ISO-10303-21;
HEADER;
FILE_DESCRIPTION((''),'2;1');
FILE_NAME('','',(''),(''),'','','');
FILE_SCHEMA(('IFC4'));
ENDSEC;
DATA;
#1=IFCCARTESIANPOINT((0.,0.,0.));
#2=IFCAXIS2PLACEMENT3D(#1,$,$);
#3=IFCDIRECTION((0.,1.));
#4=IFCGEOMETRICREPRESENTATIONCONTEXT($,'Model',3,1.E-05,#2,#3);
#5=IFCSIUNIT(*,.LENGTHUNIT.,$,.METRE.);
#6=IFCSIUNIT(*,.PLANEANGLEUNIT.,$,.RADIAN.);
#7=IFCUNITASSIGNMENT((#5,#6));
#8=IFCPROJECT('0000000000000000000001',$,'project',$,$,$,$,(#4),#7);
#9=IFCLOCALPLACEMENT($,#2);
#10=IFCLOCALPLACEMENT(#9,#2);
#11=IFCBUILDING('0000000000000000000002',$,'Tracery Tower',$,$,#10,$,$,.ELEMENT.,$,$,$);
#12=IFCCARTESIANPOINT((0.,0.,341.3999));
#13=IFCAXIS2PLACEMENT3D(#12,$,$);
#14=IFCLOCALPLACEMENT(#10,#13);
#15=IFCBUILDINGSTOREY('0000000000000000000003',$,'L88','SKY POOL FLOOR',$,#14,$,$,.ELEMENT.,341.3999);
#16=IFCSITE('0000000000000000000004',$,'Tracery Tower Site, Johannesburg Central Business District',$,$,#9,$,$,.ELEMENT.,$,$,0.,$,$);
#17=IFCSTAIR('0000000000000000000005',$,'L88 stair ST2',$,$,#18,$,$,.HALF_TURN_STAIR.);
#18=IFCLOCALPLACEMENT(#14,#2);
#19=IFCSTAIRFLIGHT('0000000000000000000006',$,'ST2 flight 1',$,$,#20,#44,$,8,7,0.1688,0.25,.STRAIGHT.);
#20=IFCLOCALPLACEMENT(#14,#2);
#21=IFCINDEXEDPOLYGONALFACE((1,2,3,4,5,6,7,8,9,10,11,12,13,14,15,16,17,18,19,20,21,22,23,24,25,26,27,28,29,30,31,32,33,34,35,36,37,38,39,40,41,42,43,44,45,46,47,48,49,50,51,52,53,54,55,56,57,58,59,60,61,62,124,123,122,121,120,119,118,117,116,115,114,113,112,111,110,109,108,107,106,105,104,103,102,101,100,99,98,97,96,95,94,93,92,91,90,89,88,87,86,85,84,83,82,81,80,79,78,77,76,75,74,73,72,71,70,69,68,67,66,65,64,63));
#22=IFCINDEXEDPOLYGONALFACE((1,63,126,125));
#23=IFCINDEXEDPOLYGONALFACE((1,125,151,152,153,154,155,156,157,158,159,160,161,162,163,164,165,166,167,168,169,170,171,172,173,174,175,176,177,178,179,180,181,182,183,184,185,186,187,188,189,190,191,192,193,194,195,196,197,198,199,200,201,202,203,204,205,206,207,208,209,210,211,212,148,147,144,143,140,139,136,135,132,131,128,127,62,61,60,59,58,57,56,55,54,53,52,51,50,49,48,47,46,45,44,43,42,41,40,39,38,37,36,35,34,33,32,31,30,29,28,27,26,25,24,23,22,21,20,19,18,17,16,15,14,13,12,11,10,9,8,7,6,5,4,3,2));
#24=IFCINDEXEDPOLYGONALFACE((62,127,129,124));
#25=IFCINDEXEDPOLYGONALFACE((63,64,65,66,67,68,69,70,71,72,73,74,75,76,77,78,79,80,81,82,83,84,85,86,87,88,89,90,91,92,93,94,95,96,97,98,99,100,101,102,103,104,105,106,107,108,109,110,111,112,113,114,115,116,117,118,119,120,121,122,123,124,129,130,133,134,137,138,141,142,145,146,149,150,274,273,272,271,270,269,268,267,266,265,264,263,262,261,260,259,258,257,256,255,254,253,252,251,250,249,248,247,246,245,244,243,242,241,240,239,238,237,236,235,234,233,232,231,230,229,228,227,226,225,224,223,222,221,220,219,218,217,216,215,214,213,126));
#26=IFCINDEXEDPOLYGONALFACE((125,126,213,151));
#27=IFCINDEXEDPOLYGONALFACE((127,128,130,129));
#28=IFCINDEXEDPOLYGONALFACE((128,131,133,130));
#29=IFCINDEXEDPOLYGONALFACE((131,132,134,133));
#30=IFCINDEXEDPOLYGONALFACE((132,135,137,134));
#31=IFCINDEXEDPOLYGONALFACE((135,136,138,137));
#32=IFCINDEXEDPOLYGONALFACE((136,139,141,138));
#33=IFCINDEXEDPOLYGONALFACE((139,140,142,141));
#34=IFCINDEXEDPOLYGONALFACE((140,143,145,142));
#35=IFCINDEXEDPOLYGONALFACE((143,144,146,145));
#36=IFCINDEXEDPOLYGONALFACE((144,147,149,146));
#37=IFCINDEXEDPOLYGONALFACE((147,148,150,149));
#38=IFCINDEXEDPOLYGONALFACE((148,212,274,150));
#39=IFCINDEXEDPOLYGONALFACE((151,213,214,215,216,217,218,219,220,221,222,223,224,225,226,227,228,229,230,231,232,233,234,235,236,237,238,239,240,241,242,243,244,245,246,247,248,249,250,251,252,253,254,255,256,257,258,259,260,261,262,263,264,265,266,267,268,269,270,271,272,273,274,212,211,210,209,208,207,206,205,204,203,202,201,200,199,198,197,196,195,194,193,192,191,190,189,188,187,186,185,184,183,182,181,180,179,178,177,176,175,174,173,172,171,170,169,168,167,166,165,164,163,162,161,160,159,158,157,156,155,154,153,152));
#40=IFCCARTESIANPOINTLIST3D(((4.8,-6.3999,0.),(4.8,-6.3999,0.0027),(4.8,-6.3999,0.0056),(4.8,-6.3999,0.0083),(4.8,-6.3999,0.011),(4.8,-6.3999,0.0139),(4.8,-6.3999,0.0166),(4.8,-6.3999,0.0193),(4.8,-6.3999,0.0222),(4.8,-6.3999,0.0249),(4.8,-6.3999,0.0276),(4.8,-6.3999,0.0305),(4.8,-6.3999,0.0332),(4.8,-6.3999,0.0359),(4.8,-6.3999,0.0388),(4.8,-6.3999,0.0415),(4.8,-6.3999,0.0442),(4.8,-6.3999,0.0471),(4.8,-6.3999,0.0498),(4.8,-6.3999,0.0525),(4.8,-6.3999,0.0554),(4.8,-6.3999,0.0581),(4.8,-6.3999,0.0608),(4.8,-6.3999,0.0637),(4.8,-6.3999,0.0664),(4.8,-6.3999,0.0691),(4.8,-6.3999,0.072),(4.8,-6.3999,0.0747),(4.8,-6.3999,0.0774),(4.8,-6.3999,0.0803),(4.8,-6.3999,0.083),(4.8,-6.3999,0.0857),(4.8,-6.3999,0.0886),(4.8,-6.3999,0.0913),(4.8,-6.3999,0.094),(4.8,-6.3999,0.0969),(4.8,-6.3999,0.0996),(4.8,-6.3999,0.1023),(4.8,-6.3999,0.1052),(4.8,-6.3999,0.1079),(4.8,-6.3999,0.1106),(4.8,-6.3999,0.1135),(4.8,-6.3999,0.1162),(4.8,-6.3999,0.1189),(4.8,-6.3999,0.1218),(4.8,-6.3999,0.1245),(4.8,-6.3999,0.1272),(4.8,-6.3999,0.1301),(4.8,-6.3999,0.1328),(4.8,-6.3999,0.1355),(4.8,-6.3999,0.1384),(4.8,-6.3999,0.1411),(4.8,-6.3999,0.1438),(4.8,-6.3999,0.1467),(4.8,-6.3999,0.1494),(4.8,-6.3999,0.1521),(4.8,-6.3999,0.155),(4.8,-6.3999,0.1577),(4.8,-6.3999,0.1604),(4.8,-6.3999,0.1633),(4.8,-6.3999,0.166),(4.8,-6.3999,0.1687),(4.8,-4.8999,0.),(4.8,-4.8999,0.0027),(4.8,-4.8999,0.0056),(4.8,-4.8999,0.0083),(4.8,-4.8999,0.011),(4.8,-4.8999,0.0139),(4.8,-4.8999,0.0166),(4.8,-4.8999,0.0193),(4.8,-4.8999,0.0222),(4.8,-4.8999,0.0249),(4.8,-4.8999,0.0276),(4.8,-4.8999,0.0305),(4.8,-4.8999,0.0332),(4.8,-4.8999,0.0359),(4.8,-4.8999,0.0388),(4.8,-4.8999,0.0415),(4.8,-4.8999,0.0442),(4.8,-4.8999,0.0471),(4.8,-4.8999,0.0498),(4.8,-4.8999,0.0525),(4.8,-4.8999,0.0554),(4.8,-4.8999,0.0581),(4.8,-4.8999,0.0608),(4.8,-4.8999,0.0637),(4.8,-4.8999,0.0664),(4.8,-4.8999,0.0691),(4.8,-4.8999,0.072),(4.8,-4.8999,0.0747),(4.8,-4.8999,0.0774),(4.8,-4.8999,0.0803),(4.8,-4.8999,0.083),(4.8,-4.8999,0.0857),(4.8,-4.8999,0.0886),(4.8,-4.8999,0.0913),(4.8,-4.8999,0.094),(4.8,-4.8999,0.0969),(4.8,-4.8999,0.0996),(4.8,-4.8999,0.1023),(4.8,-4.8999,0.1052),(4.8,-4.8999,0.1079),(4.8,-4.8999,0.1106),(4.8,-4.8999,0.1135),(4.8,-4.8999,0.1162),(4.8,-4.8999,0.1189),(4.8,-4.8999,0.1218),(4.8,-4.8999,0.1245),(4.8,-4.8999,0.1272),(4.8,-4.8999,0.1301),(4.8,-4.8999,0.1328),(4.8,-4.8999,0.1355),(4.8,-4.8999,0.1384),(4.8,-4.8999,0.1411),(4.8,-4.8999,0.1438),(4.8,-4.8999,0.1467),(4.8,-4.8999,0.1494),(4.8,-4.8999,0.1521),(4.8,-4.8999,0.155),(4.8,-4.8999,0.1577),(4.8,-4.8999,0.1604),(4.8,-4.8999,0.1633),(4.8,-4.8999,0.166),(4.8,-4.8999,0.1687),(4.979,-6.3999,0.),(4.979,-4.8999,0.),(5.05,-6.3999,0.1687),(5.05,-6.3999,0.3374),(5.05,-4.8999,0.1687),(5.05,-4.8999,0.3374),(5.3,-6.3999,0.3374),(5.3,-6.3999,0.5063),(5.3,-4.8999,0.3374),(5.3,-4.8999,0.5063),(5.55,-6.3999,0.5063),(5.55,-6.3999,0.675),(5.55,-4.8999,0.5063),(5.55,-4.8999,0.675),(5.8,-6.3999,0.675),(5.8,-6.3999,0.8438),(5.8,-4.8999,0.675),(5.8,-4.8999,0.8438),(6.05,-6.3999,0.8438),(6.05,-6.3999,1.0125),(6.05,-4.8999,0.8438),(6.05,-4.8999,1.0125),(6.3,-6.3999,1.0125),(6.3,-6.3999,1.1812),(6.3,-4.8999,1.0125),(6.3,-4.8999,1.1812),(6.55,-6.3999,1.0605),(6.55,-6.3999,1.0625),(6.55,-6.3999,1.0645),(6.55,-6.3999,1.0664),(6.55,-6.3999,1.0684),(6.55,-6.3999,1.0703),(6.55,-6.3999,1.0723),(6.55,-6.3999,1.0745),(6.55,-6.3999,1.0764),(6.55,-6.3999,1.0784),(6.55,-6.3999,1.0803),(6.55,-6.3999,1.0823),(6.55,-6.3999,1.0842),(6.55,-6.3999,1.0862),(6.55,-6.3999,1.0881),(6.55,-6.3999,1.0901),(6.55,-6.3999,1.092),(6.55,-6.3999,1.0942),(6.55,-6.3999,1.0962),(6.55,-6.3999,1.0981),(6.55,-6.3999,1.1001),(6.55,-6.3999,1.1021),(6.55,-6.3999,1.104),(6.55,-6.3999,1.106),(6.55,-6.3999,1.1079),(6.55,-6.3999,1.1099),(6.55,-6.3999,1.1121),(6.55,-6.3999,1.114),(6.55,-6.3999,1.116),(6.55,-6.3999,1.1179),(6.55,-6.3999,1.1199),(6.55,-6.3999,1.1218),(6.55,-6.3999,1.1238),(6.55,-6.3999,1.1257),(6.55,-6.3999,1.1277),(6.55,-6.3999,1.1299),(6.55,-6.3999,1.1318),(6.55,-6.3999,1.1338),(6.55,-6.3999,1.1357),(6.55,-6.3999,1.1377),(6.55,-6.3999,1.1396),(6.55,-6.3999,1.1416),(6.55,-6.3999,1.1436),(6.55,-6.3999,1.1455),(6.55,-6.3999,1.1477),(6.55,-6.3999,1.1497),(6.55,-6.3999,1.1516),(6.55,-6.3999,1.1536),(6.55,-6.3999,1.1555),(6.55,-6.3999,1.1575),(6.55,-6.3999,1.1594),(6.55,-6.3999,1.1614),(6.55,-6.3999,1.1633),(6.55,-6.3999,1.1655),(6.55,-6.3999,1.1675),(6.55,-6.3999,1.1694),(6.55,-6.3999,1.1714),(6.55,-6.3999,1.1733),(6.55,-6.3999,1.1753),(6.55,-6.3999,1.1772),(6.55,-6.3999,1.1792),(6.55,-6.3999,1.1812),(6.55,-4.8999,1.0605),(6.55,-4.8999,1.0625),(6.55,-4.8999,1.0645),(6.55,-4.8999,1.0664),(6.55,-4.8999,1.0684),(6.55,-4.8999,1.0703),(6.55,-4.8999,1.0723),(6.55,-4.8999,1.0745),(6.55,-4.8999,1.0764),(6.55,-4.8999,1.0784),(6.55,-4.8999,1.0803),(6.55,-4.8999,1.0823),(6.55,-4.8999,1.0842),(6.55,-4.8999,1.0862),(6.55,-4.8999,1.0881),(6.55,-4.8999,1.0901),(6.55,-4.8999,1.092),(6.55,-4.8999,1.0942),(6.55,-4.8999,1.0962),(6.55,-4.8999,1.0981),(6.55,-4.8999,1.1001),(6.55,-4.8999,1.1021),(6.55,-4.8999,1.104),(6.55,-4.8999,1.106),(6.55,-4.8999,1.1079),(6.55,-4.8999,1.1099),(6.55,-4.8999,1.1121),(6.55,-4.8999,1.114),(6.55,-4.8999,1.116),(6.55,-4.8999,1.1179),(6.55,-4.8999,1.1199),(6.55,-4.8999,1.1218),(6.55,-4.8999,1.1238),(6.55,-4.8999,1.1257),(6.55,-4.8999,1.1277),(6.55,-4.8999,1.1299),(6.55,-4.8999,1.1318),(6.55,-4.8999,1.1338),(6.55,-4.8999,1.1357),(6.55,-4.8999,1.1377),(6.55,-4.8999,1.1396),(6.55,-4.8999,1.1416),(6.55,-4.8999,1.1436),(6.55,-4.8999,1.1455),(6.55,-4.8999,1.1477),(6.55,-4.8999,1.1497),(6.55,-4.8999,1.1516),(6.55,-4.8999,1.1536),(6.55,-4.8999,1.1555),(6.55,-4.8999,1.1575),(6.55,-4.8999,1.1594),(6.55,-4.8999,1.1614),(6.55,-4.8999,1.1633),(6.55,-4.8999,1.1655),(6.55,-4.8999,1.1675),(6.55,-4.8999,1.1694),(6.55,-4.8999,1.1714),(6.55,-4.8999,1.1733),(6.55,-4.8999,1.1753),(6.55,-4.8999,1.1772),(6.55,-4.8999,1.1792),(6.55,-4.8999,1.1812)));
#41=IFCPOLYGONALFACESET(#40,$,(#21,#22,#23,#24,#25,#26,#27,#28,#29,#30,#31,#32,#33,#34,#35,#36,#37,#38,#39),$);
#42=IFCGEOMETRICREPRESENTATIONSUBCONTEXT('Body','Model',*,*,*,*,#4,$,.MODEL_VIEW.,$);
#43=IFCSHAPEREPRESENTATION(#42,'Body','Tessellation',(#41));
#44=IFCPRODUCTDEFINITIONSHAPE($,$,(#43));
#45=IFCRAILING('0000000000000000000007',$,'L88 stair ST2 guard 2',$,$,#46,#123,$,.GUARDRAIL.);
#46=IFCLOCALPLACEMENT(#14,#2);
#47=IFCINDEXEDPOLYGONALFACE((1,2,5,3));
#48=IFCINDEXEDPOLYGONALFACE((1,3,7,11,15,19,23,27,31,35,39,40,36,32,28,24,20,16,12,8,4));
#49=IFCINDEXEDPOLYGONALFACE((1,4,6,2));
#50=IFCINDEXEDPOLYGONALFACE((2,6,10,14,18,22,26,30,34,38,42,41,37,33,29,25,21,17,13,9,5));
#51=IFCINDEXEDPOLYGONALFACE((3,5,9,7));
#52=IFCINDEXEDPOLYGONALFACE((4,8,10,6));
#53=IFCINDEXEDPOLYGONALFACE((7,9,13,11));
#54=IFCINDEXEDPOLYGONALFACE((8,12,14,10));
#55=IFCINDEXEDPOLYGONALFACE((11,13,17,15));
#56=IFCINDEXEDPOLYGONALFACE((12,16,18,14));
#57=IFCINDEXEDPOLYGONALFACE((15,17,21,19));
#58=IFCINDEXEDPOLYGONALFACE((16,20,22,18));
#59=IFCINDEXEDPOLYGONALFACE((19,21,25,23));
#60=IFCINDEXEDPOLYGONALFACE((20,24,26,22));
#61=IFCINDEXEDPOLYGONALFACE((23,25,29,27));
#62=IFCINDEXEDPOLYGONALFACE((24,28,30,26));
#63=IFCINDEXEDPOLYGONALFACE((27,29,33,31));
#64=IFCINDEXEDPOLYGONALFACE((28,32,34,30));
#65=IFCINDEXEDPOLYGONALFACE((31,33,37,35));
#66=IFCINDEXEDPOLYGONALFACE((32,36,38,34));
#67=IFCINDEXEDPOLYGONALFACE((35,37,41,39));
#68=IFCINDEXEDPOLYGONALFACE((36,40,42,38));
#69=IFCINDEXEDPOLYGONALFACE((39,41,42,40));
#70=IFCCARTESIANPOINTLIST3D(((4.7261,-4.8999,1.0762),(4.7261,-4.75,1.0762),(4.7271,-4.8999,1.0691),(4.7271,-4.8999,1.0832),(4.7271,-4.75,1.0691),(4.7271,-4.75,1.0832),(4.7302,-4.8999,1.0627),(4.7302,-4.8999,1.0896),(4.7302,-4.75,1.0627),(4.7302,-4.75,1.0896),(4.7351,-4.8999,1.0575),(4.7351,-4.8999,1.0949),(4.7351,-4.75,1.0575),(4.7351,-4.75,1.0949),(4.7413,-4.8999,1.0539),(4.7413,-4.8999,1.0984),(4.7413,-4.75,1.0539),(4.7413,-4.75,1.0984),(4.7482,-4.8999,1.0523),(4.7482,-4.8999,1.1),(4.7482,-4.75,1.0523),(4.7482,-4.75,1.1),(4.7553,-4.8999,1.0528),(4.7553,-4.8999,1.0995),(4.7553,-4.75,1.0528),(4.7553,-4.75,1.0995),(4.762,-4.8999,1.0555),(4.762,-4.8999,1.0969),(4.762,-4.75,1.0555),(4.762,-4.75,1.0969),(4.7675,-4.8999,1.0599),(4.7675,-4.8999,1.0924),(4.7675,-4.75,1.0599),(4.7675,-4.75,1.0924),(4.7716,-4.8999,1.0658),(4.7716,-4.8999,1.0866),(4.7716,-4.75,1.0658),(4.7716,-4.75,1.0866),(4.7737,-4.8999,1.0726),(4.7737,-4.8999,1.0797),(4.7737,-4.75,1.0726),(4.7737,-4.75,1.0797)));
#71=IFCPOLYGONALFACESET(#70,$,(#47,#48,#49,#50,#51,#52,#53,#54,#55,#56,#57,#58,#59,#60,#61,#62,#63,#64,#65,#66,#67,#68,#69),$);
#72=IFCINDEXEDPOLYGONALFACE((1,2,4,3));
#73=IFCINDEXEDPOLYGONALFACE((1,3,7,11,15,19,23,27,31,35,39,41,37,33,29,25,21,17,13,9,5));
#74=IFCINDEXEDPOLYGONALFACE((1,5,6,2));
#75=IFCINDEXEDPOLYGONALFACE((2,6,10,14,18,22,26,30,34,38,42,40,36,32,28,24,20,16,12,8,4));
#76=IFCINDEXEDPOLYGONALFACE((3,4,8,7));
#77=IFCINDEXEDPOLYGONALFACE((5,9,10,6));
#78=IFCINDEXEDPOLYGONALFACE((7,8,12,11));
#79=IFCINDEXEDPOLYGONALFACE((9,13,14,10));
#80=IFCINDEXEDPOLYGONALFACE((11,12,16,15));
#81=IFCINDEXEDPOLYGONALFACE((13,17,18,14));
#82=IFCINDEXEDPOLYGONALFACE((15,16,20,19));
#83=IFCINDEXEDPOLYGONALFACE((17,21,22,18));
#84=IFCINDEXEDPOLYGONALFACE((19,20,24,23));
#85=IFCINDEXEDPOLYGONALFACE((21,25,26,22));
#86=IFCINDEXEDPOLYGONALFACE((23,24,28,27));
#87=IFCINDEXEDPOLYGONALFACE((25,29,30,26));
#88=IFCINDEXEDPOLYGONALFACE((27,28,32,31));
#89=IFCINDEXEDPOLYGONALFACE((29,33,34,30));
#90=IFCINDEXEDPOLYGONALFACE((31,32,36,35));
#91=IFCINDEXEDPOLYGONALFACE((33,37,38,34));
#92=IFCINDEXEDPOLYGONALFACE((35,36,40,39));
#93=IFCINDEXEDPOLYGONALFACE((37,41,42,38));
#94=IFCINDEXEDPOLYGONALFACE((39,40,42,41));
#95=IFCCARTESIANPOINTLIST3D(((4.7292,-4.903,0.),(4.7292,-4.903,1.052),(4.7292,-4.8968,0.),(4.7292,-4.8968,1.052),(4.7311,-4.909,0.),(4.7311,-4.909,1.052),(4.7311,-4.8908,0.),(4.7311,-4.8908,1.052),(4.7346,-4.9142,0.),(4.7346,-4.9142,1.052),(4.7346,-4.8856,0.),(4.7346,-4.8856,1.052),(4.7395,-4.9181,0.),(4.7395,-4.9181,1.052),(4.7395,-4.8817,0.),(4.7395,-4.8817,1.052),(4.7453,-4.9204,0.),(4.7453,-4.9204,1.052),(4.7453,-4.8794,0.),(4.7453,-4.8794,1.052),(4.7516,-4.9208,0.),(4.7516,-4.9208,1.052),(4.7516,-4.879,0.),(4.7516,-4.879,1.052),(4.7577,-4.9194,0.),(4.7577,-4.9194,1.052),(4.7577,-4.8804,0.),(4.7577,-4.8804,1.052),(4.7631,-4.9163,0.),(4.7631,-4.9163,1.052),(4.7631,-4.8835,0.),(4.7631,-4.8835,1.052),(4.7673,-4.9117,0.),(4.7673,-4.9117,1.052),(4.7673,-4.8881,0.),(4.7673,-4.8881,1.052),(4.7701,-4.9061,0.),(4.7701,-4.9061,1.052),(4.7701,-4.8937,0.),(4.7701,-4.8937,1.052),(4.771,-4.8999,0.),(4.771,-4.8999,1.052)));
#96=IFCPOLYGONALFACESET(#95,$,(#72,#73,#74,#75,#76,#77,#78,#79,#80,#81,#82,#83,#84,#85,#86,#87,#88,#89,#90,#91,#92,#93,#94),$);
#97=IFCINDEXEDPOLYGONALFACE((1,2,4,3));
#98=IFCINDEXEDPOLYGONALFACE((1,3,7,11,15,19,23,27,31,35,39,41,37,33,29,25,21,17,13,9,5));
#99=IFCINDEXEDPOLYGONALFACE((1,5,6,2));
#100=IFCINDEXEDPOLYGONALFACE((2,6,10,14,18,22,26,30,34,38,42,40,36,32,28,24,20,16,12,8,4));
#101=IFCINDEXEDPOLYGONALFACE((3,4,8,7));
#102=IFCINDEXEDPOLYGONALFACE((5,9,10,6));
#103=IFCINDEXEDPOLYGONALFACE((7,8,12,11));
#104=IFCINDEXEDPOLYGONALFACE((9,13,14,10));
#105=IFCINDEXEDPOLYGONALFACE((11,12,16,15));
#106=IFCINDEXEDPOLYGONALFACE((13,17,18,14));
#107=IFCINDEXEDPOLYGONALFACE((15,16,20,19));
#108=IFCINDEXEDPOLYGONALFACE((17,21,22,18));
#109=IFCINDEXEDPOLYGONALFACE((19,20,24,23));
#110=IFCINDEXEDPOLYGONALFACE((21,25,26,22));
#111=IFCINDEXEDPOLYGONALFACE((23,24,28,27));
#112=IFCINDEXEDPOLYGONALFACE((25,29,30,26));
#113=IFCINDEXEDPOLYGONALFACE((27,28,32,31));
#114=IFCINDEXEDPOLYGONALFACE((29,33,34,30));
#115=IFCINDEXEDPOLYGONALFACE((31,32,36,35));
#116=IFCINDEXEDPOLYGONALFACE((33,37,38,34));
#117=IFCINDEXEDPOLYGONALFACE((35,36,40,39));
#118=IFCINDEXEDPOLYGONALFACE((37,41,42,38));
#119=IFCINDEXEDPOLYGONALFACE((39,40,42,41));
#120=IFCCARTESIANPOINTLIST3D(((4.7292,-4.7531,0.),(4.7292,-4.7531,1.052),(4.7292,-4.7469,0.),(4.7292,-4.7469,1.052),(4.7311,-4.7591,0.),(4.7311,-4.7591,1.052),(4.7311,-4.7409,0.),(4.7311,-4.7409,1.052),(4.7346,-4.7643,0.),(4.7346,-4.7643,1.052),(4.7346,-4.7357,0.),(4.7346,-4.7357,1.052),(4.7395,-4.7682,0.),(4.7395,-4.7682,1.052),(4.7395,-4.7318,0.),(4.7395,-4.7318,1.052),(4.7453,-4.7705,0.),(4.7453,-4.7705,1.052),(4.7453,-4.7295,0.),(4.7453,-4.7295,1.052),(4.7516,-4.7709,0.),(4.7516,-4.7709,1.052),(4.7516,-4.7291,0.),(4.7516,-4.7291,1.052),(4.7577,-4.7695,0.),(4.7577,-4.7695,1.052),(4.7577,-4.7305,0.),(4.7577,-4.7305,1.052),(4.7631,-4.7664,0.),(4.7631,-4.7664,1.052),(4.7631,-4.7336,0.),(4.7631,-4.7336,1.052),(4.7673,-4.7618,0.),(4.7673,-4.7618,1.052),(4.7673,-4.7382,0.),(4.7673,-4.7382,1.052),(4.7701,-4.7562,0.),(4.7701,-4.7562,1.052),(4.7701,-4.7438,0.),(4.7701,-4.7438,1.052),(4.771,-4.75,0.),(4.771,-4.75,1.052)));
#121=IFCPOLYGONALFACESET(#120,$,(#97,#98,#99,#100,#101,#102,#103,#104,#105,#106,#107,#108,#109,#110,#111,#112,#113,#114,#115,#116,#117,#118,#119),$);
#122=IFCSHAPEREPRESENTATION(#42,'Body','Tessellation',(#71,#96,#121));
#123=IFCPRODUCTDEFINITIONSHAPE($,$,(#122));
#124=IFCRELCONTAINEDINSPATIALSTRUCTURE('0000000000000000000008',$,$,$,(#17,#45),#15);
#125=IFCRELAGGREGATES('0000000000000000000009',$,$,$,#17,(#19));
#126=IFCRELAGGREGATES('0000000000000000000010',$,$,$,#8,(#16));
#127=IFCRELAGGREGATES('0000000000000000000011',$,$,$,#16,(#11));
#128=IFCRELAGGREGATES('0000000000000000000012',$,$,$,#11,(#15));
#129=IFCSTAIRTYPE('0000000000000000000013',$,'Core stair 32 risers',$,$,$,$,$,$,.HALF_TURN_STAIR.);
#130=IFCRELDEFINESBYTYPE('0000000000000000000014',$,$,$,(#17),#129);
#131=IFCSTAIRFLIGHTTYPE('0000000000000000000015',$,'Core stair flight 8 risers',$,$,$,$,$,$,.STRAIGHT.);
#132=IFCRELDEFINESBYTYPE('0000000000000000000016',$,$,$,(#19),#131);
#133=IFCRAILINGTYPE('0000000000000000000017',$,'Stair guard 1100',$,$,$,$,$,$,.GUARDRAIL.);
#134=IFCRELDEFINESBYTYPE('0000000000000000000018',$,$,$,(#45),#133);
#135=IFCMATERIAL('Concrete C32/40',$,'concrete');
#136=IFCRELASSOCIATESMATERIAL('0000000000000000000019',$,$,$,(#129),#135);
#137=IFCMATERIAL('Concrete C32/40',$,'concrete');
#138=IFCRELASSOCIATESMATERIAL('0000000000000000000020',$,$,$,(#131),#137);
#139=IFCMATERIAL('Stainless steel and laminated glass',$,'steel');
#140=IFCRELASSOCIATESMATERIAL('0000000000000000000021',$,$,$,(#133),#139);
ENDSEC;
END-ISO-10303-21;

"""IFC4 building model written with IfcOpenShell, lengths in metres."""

from ifc_helpers import new_model, si_unit, direction, frame, origin, origin_2d, place, context, subcontext, project, spatial, polyline, circle, outline, extrude, material, type_object, element, aggregate, save


model = new_model("IFC4")

# Units and contexts
model_context = context("Model", 3, precision=1e-05, world=origin(), true_north=direction((0.0, 1.0)))
body_context = subcontext(model_context, "Body", "Model", "MODEL_VIEW")
ifc_project = project(units=[si_unit("LENGTHUNIT", "METRE"), si_unit("PLANEANGLEUNIT", "RADIAN")], contexts=[model_context])

# Site, building, storey
site_placement = place(None, origin())
site = spatial("IfcSite", under=ifc_project, at=site_placement, Name="Tracery Tower Site, Johannesburg Central Business District", CompositionType="ELEMENT", RefElevation=0.0)
building_placement = place(site_placement, origin())
building = spatial("IfcBuilding", under=site, at=building_placement, Name="Tracery Tower", CompositionType="ELEMENT")
storey_placement = place(building_placement, frame((0.0, 0.0, 341.3999)))
storey = spatial("IfcBuildingStorey", under=building, at=storey_placement, Name="L88", Description="SKY POOL FLOOR", CompositionType="ELEMENT", Elevation=341.3999)

# Stair, stair flight
ifc_material_1 = material(Name="Concrete C32/40", Category="concrete")
stair_type = type_object("IfcStairType", Name="Core stair 32 risers", PredefinedType="HALF_TURN_STAIR", material=ifc_material_1)
stair_placement = place(storey_placement, origin())
stair = element("IfcStair", 1, at=stair_placement, inside=storey, type_object=stair_type, Name="L88 stair ST2", PredefinedType="HALF_TURN_STAIR")
ifc_material_2 = material(Name="Concrete C32/40", Category="concrete")
stair_flight_type = type_object("IfcStairFlightType", Name="Core stair flight 8 risers", PredefinedType="STRAIGHT", material=ifc_material_2)
stair_flight_1_placement = place(storey_placement, frame((4.8, -5.6499, 0.0), z_axis=(0.0, 0.0, 1.0), x_axis=(1.0, 0.0, 0.0)))
stair_flight_1 = element("IfcStairFlight", 2, at=stair_flight_1_placement, type_object=stair_flight_type, Name="ST2 flight 1", NumberOfRisers=8, NumberOfTreads=7, PredefinedType="STRAIGHT", RiserHeight=0.1688, TreadLength=0.25, context=body_context, shape_type="SweptSolid", body=[
    extrude(outline(polyline([(0.0, 0.0), (0.0, 0.0027), (0.0, 0.0056), (0.0, 0.0083), (0.0, 0.011), (0.0, 0.0139), (0.0, 0.0166), (0.0, 0.0193), (0.0, 0.0222), (0.0, 0.0249), (0.0, 0.0276), (0.0, 0.0305), (0.0, 0.0332), (0.0, 0.0359), (0.0, 0.0388), (0.0, 0.0415), (0.0, 0.0442), (0.0, 0.0471), (0.0, 0.0498), (0.0, 0.0525), (0.0, 0.0554), (0.0, 0.0581), (0.0, 0.0608), (0.0, 0.0637), (0.0, 0.0664), (0.0, 0.0691), (0.0, 0.072), (0.0, 0.0747), (0.0, 0.0774), (0.0, 0.0803), (0.0, 0.083), (0.0, 0.0857), (0.0, 0.0886), (0.0, 0.0913), (0.0, 0.094), (0.0, 0.0969), (0.0, 0.0996), (0.0, 0.1023), (0.0, 0.1052), (0.0, 0.1079), (0.0, 0.1106), (0.0, 0.1135), (0.0, 0.1162), (0.0, 0.1189), (0.0, 0.1218), (0.0, 0.1245), (0.0, 0.1272), (0.0, 0.1301), (0.0, 0.1328), (0.0, 0.1355), (0.0, 0.1384), (0.0, 0.1411), (0.0, 0.1438), (0.0, 0.1467), (0.0, 0.1494), (0.0, 0.1521), (0.0, 0.155), (0.0, 0.1577), (0.0, 0.1604), (0.0, 0.1633), (0.0, 0.166), (0.0, 0.1687), (0.25, 0.1687), (0.25, 0.3374), (0.5, 0.3374), (0.5, 0.5063), (0.75, 0.5063), (0.75, 0.675), (1.0, 0.675), (1.0, 0.8438), (1.25, 0.8438), (1.25, 1.0125), (1.5, 1.0125), (1.5, 1.1812), (1.75, 1.1812), (1.75, 1.1792), (1.75, 1.1772), (1.75, 1.1753), (1.75, 1.1733), (1.75, 1.1714), (1.75, 1.1694), (1.75, 1.1675), (1.75, 1.1655), (1.75, 1.1633), (1.75, 1.1614), (1.75, 1.1594), (1.75, 1.1575), (1.75, 1.1555), (1.75, 1.1536), (1.75, 1.1516), (1.75, 1.1497), (1.75, 1.1477), (1.75, 1.1455), (1.75, 1.1436), (1.75, 1.1416), (1.75, 1.1396), (1.75, 1.1377), (1.75, 1.1357), (1.75, 1.1338), (1.75, 1.1318), (1.75, 1.1299), (1.75, 1.1277), (1.75, 1.1257), (1.75, 1.1238), (1.75, 1.1218), (1.75, 1.1199), (1.75, 1.1179), (1.75, 1.116), (1.75, 1.114), (1.75, 1.1121), (1.75, 1.1099), (1.75, 1.1079), (1.75, 1.106), (1.75, 1.104), (1.75, 1.1021), (1.75, 1.1001), (1.75, 1.0981), (1.75, 1.0962), (1.75, 1.0942), (1.75, 1.092), (1.75, 1.0901), (1.75, 1.0881), (1.75, 1.0862), (1.75, 1.0842), (1.75, 1.0823), (1.75, 1.0803), (1.75, 1.0784), (1.75, 1.0764), (1.75, 1.0745), (1.75, 1.0723), (1.75, 1.0703), (1.75, 1.0684), (1.75, 1.0664), (1.75, 1.0645), (1.75, 1.0625), (1.75, 1.0605), (0.179, 0.0), (0.0, 0.0)])), frame((0.0, 0.75, 0.0), z_axis=(0.0, -1.0, 0.0), x_axis=(1.0, 0.0, 0.0)), (0.0, 0.0, 1.0), 1.5),
])
aggregate(stair, [stair_flight_1])

# Railing
ifc_material_3 = material(Name="Stainless steel and laminated glass", Category="steel")
railing_type_1 = type_object("IfcRailingType", Name="Stair guard 1100", PredefinedType="GUARDRAIL", material=ifc_material_3)
railing_1_placement = place(storey_placement, frame((4.75, -4.8999, 0.0)))
element("IfcRailing", 3, at=railing_1_placement, inside=storey, type_object=railing_type_1, Name="L88 stair ST2 guard 2", PredefinedType="GUARDRAIL", context=body_context, shape_type="SweptSolid", body=[
    extrude(circle(Radius=0.0239, at=origin_2d()), frame((0.0, 0.0, 1.0762), z_axis=(0.0, 1.0, 0.0), x_axis=(-1.0, 0.0, 0.0)), (0.0, 0.0, 1.0), 0.1499),
    extrude(circle(Radius=0.021, at=origin_2d()), origin(), (0.0, 0.0, 1.0), 1.052),
    extrude(circle(Radius=0.021, at=origin_2d()), frame((0.0, 0.1499, 0.0)), (0.0, 0.0, 1.0), 1.052),
])

save(model, "model.ifc")
